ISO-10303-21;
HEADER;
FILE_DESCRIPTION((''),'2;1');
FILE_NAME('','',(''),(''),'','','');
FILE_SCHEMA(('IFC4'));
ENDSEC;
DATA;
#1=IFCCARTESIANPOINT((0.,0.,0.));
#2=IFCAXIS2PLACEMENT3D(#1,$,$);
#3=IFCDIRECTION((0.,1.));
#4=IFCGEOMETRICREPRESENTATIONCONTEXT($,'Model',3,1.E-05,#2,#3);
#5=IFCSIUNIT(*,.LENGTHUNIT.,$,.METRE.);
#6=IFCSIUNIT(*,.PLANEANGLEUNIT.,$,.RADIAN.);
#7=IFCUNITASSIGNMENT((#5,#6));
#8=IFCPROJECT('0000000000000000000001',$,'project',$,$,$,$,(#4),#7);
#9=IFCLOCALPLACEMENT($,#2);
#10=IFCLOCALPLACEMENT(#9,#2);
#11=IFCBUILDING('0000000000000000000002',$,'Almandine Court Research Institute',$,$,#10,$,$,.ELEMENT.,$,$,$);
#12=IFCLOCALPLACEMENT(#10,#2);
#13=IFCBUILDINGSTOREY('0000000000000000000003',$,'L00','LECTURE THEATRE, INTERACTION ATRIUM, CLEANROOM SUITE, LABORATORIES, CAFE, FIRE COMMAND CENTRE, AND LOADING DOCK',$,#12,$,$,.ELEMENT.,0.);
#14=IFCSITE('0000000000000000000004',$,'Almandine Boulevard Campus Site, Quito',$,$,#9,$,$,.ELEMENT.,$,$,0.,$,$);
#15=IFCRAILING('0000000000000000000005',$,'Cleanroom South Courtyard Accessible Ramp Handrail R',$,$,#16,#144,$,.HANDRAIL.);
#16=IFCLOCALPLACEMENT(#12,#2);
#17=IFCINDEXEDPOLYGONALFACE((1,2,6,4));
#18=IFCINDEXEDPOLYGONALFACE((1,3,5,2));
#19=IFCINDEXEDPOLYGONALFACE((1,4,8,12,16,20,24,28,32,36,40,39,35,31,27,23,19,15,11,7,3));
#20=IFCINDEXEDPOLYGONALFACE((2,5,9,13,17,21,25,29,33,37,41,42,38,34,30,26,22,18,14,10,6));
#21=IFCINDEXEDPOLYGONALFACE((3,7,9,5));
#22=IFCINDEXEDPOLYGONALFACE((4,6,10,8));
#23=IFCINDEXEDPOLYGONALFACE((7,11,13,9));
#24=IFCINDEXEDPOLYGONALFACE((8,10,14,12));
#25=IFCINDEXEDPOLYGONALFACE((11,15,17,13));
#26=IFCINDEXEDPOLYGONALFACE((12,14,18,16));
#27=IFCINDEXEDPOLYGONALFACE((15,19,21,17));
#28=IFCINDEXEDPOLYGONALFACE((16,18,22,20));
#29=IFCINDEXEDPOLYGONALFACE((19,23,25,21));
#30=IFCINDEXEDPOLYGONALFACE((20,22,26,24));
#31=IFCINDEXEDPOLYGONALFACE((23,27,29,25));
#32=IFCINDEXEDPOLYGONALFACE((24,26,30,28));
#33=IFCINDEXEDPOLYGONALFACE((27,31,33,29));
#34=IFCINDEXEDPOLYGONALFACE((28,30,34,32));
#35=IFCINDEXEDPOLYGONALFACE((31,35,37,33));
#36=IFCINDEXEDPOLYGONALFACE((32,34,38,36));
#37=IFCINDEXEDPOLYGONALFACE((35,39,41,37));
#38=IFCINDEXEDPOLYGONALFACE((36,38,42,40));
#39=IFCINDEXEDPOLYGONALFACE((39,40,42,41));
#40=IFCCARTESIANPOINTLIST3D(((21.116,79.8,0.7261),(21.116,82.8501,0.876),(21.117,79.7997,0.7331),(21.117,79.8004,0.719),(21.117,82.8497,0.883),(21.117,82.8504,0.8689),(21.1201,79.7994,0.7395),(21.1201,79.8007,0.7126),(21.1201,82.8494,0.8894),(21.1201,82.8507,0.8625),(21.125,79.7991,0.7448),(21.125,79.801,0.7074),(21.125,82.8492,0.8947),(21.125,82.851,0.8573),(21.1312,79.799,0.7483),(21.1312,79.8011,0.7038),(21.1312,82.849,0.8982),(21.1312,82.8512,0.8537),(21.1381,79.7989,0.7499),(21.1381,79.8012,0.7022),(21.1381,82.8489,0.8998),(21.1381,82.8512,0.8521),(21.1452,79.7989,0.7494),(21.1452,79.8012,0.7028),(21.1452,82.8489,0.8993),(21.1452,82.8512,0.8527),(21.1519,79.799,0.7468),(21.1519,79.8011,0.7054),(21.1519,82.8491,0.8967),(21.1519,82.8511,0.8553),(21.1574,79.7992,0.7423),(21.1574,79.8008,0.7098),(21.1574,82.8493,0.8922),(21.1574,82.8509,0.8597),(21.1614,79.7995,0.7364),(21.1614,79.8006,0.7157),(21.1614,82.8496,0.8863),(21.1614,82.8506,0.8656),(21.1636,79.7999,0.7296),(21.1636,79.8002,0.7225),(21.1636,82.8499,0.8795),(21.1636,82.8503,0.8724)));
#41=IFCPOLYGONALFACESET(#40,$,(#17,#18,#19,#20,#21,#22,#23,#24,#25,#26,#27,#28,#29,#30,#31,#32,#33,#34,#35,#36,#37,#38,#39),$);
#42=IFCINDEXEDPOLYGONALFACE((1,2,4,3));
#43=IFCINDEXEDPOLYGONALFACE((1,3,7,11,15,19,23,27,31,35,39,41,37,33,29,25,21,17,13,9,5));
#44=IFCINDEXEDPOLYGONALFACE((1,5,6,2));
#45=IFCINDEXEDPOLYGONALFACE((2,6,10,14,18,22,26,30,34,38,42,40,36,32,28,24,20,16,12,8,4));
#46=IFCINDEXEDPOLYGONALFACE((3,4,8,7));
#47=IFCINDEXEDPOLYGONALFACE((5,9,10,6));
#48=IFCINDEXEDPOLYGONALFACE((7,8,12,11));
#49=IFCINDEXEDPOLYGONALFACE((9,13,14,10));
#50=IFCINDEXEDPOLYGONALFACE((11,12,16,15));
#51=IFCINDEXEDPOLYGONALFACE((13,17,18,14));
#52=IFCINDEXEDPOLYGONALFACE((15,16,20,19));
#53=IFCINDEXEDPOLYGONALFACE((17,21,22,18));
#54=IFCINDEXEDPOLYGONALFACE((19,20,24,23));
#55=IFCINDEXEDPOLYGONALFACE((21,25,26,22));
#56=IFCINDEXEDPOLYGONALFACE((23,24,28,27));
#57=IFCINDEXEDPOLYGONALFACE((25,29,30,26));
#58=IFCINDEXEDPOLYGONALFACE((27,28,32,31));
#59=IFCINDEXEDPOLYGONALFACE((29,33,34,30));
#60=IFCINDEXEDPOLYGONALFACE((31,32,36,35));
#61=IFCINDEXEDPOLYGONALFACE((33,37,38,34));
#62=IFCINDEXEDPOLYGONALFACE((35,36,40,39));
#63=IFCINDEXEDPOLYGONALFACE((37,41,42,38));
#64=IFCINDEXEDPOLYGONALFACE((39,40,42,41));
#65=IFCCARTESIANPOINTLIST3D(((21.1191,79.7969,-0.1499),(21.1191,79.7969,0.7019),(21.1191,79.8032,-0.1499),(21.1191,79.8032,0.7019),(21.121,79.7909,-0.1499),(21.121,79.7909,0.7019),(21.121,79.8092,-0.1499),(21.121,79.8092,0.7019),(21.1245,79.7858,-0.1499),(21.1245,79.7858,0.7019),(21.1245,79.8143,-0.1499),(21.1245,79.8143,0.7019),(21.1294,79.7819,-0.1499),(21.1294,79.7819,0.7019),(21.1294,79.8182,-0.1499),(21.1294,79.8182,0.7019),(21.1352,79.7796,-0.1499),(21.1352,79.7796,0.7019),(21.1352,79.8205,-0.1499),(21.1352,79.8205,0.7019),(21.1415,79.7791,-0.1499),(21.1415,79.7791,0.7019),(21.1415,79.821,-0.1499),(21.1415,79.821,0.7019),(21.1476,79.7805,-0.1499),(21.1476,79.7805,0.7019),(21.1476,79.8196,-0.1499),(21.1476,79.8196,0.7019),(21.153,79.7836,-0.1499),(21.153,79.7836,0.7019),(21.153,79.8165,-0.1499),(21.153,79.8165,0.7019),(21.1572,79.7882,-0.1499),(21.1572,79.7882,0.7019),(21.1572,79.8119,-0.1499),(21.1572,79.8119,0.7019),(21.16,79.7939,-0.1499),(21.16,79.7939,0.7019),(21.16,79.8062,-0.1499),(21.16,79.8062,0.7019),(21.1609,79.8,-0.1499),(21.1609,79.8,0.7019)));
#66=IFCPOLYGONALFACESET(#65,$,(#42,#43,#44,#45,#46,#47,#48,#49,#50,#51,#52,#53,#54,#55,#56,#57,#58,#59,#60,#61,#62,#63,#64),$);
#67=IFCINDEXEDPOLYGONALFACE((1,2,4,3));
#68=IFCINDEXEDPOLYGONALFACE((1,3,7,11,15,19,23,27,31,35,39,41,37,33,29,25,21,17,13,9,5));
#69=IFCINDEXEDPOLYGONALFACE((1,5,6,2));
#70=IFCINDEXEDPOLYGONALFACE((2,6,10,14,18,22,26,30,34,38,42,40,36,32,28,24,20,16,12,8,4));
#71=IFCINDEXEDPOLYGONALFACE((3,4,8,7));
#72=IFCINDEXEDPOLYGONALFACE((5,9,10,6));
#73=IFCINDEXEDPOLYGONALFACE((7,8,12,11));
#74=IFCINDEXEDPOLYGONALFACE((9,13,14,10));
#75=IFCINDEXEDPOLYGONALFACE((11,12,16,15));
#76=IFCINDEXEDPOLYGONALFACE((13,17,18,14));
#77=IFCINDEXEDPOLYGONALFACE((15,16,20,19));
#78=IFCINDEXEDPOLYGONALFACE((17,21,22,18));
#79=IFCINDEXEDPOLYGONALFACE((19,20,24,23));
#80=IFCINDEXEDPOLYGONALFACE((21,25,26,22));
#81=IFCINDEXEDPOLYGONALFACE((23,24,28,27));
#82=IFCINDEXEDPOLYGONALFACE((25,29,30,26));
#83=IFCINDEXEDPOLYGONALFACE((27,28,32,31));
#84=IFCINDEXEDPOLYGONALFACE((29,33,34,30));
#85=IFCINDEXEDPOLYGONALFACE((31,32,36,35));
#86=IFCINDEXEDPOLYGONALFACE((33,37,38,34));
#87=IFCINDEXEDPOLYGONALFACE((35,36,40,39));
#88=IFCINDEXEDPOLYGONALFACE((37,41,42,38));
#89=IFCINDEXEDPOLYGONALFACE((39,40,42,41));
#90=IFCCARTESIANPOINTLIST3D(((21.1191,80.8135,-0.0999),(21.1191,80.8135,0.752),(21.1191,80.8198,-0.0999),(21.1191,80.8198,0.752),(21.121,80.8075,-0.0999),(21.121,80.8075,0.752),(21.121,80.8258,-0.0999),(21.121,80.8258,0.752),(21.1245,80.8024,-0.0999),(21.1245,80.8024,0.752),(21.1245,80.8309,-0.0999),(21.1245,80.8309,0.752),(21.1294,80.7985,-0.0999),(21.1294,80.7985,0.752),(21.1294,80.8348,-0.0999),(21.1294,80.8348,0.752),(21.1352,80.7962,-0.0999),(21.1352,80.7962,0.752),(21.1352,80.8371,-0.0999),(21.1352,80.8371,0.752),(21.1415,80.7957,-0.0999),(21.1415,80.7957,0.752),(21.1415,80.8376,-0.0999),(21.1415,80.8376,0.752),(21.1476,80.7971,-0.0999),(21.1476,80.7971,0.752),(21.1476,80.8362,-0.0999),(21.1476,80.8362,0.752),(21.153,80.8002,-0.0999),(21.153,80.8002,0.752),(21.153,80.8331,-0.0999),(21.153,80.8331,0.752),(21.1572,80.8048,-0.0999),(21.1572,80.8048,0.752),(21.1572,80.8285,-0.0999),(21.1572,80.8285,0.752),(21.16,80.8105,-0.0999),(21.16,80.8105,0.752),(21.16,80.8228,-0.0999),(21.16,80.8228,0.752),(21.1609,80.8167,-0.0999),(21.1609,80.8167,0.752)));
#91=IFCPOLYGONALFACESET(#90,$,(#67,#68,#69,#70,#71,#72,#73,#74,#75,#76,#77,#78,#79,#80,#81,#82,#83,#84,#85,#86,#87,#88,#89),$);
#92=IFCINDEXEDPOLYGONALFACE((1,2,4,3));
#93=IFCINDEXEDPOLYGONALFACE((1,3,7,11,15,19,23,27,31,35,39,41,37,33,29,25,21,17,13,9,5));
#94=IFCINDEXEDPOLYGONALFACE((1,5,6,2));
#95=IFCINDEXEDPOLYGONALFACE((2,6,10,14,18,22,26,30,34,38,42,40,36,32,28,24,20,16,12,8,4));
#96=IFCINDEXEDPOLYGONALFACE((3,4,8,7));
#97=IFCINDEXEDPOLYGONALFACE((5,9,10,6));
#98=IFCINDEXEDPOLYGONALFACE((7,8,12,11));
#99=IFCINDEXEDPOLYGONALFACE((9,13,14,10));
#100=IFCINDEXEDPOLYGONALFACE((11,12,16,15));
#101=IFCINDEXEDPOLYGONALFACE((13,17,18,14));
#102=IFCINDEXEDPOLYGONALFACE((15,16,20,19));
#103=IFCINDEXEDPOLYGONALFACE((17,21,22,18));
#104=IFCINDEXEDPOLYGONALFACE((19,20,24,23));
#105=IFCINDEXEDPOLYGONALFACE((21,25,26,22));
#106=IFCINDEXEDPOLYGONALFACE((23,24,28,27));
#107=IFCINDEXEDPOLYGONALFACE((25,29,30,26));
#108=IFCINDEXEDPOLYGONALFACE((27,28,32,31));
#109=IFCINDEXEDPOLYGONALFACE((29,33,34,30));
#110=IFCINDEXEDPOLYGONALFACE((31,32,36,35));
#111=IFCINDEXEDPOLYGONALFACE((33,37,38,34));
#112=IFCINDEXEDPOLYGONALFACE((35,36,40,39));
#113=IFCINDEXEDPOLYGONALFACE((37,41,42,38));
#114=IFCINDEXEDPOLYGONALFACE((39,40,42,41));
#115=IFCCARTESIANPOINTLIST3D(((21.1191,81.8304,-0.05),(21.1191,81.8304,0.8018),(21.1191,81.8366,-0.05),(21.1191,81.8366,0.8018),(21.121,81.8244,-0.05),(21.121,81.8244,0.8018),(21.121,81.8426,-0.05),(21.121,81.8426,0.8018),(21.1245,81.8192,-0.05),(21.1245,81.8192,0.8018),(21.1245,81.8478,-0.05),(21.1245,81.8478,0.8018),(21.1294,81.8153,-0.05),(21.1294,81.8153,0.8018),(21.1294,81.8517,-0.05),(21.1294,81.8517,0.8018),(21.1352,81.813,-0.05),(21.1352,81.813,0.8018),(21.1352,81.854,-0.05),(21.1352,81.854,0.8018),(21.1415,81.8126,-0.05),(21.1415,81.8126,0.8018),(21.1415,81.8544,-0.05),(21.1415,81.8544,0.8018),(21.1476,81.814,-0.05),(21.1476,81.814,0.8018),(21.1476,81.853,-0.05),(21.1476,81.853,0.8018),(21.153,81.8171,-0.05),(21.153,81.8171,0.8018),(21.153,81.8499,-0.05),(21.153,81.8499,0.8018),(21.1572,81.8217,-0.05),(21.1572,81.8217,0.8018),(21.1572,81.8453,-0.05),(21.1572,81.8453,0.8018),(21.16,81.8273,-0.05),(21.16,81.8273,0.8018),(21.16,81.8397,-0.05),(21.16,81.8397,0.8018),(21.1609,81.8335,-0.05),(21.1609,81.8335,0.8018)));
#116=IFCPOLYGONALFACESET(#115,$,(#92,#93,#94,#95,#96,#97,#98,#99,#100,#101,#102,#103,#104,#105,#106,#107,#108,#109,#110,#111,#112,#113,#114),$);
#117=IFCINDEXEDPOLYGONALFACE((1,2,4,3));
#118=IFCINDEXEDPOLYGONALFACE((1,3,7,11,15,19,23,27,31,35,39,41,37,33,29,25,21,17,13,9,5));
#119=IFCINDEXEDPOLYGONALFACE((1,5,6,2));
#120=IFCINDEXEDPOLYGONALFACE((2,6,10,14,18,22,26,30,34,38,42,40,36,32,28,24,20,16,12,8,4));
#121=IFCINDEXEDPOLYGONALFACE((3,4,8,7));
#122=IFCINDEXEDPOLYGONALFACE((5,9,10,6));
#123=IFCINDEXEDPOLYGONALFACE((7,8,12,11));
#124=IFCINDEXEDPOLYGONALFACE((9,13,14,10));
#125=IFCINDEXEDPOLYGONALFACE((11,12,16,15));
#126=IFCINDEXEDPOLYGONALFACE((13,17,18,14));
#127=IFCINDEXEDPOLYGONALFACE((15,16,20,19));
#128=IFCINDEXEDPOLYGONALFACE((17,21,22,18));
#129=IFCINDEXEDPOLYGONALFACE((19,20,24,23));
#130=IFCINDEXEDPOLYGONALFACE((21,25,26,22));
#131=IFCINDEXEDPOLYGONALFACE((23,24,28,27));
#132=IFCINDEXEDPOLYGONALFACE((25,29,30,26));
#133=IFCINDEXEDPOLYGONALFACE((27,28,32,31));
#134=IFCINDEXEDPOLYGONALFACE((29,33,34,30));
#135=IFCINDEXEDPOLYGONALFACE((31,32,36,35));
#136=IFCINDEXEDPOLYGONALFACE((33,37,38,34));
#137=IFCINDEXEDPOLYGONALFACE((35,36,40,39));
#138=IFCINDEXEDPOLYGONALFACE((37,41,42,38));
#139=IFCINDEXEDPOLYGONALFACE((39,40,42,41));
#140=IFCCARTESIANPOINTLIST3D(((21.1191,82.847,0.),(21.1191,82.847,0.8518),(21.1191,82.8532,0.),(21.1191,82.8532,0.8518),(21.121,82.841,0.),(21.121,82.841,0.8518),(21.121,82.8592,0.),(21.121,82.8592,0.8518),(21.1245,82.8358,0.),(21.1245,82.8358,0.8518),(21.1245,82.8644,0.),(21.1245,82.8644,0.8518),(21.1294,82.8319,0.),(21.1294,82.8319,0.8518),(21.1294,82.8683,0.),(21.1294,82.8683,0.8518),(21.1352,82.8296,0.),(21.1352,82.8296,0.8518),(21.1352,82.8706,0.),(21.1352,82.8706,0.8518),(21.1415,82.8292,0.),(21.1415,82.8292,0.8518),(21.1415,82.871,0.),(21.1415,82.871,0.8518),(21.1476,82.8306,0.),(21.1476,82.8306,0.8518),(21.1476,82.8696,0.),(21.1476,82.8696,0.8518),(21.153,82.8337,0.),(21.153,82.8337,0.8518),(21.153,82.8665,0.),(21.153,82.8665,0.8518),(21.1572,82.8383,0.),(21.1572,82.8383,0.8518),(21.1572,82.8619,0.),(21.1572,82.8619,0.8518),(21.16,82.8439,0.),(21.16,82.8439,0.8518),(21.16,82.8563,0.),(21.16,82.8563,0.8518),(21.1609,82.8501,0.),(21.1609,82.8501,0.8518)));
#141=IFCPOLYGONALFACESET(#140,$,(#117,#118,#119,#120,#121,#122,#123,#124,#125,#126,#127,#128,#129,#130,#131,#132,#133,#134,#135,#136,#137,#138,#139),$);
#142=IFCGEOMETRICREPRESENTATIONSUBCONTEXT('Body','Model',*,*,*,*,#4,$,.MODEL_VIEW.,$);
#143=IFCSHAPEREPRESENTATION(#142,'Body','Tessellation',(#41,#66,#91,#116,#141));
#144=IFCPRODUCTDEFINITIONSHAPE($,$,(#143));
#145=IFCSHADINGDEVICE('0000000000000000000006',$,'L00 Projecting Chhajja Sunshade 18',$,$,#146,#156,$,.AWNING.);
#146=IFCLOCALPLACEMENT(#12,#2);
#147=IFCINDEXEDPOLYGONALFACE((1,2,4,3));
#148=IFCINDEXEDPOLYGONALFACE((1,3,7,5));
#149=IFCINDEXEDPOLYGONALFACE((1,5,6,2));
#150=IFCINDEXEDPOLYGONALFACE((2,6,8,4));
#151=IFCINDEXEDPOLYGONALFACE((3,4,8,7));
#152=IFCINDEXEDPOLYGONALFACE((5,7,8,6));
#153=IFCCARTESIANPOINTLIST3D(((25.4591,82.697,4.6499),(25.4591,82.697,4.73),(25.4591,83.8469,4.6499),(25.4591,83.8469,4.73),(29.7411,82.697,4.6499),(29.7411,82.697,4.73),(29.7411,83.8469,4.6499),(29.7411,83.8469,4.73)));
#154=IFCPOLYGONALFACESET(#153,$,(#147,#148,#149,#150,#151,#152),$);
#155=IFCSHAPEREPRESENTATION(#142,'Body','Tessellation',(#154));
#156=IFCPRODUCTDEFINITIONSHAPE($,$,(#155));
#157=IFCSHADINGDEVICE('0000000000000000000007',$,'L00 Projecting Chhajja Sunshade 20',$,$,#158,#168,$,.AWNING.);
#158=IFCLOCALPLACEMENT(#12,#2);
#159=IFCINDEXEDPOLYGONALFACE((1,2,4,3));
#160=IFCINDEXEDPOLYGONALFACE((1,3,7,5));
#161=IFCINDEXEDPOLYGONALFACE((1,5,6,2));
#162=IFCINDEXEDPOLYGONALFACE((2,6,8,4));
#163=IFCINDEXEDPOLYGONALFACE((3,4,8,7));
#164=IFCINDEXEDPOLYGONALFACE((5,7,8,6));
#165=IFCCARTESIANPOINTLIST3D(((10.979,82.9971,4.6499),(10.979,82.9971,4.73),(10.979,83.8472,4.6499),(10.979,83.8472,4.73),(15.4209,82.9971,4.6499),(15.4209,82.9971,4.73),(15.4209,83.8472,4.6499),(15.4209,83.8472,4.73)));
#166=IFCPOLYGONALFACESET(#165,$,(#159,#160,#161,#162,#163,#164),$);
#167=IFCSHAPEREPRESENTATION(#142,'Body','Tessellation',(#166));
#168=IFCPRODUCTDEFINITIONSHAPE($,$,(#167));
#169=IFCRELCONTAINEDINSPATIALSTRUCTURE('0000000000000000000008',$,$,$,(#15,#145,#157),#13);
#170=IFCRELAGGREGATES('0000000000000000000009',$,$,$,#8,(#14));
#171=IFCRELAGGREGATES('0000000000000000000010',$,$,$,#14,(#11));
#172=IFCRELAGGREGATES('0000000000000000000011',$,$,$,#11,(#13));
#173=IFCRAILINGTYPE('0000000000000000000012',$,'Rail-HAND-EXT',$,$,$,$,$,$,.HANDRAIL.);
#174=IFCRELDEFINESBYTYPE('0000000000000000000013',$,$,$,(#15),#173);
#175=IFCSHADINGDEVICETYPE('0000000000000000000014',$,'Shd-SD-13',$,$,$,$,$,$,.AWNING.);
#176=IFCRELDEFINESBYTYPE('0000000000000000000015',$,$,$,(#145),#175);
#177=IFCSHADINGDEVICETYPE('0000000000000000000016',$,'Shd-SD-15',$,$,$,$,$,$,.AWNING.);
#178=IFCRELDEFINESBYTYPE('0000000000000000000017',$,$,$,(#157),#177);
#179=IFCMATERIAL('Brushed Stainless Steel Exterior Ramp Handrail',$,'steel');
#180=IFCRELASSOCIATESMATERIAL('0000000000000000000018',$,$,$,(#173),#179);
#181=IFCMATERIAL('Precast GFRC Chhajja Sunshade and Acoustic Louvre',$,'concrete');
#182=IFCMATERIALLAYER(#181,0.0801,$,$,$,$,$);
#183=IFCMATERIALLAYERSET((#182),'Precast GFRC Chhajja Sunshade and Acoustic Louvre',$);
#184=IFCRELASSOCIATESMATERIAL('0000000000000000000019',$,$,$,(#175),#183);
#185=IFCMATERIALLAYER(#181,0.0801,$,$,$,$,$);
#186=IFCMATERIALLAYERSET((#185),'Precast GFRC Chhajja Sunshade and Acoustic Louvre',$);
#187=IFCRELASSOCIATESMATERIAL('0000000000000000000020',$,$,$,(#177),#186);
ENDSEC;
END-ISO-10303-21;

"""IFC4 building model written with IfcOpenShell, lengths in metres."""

from ifc_helpers import new_model, si_unit, direction, frame, origin, origin_2d, place, context, subcontext, project, spatial, rectangle, circle, extrude, material, layer, layer_set, type_object, element, save


model = new_model("IFC4")

# Units and contexts
model_context = context("Model", 3, precision=1e-05, world=origin(), true_north=direction((0.0, 1.0)))
body_context = subcontext(model_context, "Body", "Model", "MODEL_VIEW")
ifc_project = project(units=[si_unit("LENGTHUNIT", "METRE"), si_unit("PLANEANGLEUNIT", "RADIAN")], contexts=[model_context])

# Site, building, storey
site_placement = place(None, origin())
site = spatial("IfcSite", under=ifc_project, at=site_placement, Name="Almandine Boulevard Campus Site, Quito", CompositionType="ELEMENT", RefElevation=0.0)
building_placement = place(site_placement, origin())
building = spatial("IfcBuilding", under=site, at=building_placement, Name="Almandine Court Research Institute", CompositionType="ELEMENT")
storey_placement = place(building_placement, origin())
storey = spatial("IfcBuildingStorey", under=building, at=storey_placement, Name="L00", Description="LECTURE THEATRE, INTERACTION ATRIUM, CLEANROOM SUITE, LABORATORIES, CAFE, FIRE COMMAND CENTRE, AND LOADING DOCK", CompositionType="ELEMENT", Elevation=0.0)

# Railing
ifc_material_1 = material(Name="Brushed Stainless Steel Exterior Ramp Handrail", Category="steel")
railing_type = type_object("IfcRailingType", Name="Rail-HAND-EXT", PredefinedType="HANDRAIL", material=ifc_material_1)
for number, where, name in (
    (1, (21.1399, 79.8, -0.1499), "Cleanroom South Courtyard Accessible Ramp Handrail R"),
):
    element("IfcRailing", number, at=place(storey_placement, frame(where)), inside=storey, type_object=railing_type, Name=name, PredefinedType="HANDRAIL", context=body_context, shape_type="SweptSolid", body=[
        extrude(circle(Radius=0.0239, at=origin_2d()), frame((0.0, 0.0, 0.876), z_axis=(0.0, 0.998794, 0.049088), x_axis=(-1.0, 0.0, 0.0)), (0.0, 0.0, 1.0), 3.0537),
        extrude(circle(Radius=0.021, at=origin_2d()), origin(), (0.0, 0.0, 1.0), 0.8518),
        extrude(circle(Radius=0.021, at=origin_2d()), frame((0.0, 1.0166, 0.05)), (0.0, 0.0, 1.0), 0.8518),
        extrude(circle(Radius=0.021, at=origin_2d()), frame((0.0, 2.0334, 0.0999)), (0.0, 0.0, 1.0), 0.8518),
        extrude(circle(Radius=0.021, at=origin_2d()), frame((0.0, 3.05, 0.1499)), (0.0, 0.0, 1.0), 0.8518),
    ])

# Shading devices
ifc_material_2 = material(Name="Precast GFRC Chhajja Sunshade and Acoustic Louvre", Category="concrete")
ifc_layer_1 = layer(ifc_material_2, 0.0801)
ifc_layer_set_1 = layer_set([ifc_layer_1], Name="Precast GFRC Chhajja Sunshade and Acoustic Louvre")
shading_device_type_1 = type_object("IfcShadingDeviceType", Name="Shd-SD-13", PredefinedType="AWNING", material=ifc_layer_set_1)
shading_device_1_placement = place(storey_placement, frame((27.6001, 83.272, 4.6499), z_axis=(0.0, 0.0, 1.0), x_axis=(-1.0, 0.0, 0.0)))
element("IfcShadingDevice", 2, at=shading_device_1_placement, inside=storey, type_object=shading_device_type_1, Name="L00 Projecting Chhajja Sunshade 18", PredefinedType="AWNING", context=body_context, shape_type="SweptSolid", body=[
    extrude(rectangle(XDim=4.282, YDim=1.1499, at=origin_2d()), origin(), (0.0, 0.0, 1.0), 0.0801),
])
ifc_layer_2 = layer(ifc_material_2, 0.0801)
ifc_layer_set_2 = layer_set([ifc_layer_2], Name="Precast GFRC Chhajja Sunshade and Acoustic Louvre")
shading_device_type_2 = type_object("IfcShadingDeviceType", Name="Shd-SD-15", PredefinedType="AWNING", material=ifc_layer_set_2)
shading_device_2_placement = place(storey_placement, frame((13.2, 83.4221, 4.6499), z_axis=(0.0, 0.0, 1.0), x_axis=(-1.0, 0.0, 0.0)))
element("IfcShadingDevice", 3, at=shading_device_2_placement, inside=storey, type_object=shading_device_type_2, Name="L00 Projecting Chhajja Sunshade 20", PredefinedType="AWNING", context=body_context, shape_type="SweptSolid", body=[
    extrude(rectangle(XDim=4.4419, YDim=0.8501, at=origin_2d()), origin(), (0.0, 0.0, 1.0), 0.0801),
])

save(model, "model.ifc")
